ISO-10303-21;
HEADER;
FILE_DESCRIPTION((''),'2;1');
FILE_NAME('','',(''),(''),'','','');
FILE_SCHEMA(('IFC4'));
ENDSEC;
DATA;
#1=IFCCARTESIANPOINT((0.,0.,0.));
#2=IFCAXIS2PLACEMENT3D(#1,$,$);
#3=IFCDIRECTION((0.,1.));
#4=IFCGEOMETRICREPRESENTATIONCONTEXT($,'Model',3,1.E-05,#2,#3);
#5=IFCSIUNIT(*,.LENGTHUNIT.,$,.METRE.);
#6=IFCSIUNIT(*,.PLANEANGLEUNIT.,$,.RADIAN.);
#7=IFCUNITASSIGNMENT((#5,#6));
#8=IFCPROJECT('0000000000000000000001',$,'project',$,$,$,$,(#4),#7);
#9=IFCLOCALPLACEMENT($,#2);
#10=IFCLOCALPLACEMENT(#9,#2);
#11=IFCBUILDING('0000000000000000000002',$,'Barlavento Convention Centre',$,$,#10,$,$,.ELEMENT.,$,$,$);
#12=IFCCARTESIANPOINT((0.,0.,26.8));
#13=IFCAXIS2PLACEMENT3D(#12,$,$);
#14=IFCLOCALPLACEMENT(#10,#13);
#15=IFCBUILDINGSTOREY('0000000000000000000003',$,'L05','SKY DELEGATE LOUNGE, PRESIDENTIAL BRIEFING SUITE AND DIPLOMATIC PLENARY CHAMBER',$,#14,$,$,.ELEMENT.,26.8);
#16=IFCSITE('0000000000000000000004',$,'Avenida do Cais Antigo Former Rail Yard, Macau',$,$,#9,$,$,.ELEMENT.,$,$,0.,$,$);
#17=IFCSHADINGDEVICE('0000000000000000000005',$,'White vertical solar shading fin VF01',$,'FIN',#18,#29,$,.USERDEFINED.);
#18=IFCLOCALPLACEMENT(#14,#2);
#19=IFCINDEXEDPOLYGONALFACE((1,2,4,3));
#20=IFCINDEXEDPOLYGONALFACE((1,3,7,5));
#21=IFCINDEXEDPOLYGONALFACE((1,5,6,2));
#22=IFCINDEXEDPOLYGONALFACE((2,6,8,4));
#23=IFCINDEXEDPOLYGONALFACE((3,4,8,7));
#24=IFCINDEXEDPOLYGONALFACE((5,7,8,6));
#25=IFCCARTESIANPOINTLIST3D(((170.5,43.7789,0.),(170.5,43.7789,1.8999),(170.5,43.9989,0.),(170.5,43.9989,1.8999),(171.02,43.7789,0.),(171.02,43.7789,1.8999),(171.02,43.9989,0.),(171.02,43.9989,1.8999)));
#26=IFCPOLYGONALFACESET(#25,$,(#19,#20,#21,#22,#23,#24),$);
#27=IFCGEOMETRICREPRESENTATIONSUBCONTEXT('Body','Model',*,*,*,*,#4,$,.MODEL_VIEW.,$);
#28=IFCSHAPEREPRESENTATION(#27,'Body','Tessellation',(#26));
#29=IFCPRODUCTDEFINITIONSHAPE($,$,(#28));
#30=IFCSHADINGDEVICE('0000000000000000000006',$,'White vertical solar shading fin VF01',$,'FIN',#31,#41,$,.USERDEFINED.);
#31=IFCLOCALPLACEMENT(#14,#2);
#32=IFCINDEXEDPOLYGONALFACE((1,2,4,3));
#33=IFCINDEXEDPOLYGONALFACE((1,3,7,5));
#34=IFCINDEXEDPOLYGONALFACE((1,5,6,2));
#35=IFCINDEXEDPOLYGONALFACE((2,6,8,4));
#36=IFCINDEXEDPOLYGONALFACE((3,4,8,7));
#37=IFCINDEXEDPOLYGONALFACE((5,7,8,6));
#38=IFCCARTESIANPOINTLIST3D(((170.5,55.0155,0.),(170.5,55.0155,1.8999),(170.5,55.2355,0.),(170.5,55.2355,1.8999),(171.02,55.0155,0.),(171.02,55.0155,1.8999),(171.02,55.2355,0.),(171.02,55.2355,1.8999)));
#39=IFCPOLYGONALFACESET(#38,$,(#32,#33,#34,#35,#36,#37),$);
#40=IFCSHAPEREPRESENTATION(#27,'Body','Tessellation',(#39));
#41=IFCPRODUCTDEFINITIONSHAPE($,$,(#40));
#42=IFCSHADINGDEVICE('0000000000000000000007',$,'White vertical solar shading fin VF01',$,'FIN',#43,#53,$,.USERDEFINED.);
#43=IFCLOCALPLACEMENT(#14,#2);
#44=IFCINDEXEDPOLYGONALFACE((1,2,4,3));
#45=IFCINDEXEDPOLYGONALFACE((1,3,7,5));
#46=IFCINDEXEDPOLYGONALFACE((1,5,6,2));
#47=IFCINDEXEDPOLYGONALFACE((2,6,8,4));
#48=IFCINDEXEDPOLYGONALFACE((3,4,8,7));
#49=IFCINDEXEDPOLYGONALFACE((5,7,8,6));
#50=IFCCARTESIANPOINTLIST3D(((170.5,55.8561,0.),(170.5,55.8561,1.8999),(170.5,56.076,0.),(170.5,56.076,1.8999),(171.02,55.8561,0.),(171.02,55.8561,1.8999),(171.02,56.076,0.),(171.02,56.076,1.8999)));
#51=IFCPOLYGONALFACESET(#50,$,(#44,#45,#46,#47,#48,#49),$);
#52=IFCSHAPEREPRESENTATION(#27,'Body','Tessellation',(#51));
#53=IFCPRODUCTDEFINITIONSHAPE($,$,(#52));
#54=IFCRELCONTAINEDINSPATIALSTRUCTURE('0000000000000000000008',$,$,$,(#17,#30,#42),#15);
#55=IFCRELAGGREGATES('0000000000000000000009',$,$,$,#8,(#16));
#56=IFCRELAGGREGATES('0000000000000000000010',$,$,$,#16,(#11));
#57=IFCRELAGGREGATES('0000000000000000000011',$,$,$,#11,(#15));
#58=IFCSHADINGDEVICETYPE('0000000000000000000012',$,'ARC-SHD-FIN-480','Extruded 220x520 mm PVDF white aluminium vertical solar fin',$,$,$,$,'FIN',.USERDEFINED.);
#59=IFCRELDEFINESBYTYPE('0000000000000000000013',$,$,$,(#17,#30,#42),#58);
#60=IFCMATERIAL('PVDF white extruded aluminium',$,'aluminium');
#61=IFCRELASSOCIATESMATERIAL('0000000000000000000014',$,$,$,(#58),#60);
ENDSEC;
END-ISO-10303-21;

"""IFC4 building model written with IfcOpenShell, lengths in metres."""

from ifc_helpers import new_model, si_unit, direction, frame, origin, origin_2d, place, context, subcontext, project, spatial, rectangle, extrude, material, type_object, element, save


model = new_model("IFC4")

# Units and contexts
model_context = context("Model", 3, precision=1e-05, world=origin(), true_north=direction((0.0, 1.0)))
body_context = subcontext(model_context, "Body", "Model", "MODEL_VIEW")
ifc_project = project(units=[si_unit("LENGTHUNIT", "METRE"), si_unit("PLANEANGLEUNIT", "RADIAN")], contexts=[model_context])

# Site, building, storey
site_placement = place(None, origin())
site = spatial("IfcSite", under=ifc_project, at=site_placement, Name="Avenida do Cais Antigo Former Rail Yard, Macau", CompositionType="ELEMENT", RefElevation=0.0)
building_placement = place(site_placement, origin())
building = spatial("IfcBuilding", under=site, at=building_placement, Name="Barlavento Convention Centre", CompositionType="ELEMENT")
storey_placement = place(building_placement, frame((0.0, 0.0, 26.8)))
storey = spatial("IfcBuildingStorey", under=building, at=storey_placement, Name="L05", Description="SKY DELEGATE LOUNGE, PRESIDENTIAL BRIEFING SUITE AND DIPLOMATIC PLENARY CHAMBER", CompositionType="ELEMENT", Elevation=26.8)

# Shading devices
ifc_material_1 = material(Name="PVDF white extruded aluminium", Category="aluminium")
shading_device_type = type_object("IfcShadingDeviceType", Name="ARC-SHD-FIN-480", Description="Extruded 220x520 mm PVDF white aluminium vertical solar fin", ElementType="FIN", PredefinedType="USERDEFINED", material=ifc_material_1)
for number, where, z_axis, x_axis, name in (
    (1, (170.76, 43.8889, 0.0), (0.0, 0.0, 1.0), (0.0, 1.0, 0.0), "White vertical solar shading fin VF01"),
    (2, (170.76, 55.1255, 0.0), (0.0, 0.0, 1.0), (0.0, 1.0, 0.0), "White vertical solar shading fin VF01"),
    (3, (170.76, 55.9661, 0.0), (0.0, 0.0, 1.0), (0.0, 1.0, 0.0), "White vertical solar shading fin VF01"),
):
    element("IfcShadingDevice", number, at=place(storey_placement, frame(where, z_axis=z_axis, x_axis=x_axis)), inside=storey, type_object=shading_device_type, Name=name, ObjectType="FIN", PredefinedType="USERDEFINED", context=body_context, shape_type="SweptSolid", body=[
        extrude(rectangle(XDim=0.22, YDim=0.52, at=origin_2d()), origin(), (0.0, 0.0, 1.0), 1.8999),
    ])

save(model, "model.ifc")
